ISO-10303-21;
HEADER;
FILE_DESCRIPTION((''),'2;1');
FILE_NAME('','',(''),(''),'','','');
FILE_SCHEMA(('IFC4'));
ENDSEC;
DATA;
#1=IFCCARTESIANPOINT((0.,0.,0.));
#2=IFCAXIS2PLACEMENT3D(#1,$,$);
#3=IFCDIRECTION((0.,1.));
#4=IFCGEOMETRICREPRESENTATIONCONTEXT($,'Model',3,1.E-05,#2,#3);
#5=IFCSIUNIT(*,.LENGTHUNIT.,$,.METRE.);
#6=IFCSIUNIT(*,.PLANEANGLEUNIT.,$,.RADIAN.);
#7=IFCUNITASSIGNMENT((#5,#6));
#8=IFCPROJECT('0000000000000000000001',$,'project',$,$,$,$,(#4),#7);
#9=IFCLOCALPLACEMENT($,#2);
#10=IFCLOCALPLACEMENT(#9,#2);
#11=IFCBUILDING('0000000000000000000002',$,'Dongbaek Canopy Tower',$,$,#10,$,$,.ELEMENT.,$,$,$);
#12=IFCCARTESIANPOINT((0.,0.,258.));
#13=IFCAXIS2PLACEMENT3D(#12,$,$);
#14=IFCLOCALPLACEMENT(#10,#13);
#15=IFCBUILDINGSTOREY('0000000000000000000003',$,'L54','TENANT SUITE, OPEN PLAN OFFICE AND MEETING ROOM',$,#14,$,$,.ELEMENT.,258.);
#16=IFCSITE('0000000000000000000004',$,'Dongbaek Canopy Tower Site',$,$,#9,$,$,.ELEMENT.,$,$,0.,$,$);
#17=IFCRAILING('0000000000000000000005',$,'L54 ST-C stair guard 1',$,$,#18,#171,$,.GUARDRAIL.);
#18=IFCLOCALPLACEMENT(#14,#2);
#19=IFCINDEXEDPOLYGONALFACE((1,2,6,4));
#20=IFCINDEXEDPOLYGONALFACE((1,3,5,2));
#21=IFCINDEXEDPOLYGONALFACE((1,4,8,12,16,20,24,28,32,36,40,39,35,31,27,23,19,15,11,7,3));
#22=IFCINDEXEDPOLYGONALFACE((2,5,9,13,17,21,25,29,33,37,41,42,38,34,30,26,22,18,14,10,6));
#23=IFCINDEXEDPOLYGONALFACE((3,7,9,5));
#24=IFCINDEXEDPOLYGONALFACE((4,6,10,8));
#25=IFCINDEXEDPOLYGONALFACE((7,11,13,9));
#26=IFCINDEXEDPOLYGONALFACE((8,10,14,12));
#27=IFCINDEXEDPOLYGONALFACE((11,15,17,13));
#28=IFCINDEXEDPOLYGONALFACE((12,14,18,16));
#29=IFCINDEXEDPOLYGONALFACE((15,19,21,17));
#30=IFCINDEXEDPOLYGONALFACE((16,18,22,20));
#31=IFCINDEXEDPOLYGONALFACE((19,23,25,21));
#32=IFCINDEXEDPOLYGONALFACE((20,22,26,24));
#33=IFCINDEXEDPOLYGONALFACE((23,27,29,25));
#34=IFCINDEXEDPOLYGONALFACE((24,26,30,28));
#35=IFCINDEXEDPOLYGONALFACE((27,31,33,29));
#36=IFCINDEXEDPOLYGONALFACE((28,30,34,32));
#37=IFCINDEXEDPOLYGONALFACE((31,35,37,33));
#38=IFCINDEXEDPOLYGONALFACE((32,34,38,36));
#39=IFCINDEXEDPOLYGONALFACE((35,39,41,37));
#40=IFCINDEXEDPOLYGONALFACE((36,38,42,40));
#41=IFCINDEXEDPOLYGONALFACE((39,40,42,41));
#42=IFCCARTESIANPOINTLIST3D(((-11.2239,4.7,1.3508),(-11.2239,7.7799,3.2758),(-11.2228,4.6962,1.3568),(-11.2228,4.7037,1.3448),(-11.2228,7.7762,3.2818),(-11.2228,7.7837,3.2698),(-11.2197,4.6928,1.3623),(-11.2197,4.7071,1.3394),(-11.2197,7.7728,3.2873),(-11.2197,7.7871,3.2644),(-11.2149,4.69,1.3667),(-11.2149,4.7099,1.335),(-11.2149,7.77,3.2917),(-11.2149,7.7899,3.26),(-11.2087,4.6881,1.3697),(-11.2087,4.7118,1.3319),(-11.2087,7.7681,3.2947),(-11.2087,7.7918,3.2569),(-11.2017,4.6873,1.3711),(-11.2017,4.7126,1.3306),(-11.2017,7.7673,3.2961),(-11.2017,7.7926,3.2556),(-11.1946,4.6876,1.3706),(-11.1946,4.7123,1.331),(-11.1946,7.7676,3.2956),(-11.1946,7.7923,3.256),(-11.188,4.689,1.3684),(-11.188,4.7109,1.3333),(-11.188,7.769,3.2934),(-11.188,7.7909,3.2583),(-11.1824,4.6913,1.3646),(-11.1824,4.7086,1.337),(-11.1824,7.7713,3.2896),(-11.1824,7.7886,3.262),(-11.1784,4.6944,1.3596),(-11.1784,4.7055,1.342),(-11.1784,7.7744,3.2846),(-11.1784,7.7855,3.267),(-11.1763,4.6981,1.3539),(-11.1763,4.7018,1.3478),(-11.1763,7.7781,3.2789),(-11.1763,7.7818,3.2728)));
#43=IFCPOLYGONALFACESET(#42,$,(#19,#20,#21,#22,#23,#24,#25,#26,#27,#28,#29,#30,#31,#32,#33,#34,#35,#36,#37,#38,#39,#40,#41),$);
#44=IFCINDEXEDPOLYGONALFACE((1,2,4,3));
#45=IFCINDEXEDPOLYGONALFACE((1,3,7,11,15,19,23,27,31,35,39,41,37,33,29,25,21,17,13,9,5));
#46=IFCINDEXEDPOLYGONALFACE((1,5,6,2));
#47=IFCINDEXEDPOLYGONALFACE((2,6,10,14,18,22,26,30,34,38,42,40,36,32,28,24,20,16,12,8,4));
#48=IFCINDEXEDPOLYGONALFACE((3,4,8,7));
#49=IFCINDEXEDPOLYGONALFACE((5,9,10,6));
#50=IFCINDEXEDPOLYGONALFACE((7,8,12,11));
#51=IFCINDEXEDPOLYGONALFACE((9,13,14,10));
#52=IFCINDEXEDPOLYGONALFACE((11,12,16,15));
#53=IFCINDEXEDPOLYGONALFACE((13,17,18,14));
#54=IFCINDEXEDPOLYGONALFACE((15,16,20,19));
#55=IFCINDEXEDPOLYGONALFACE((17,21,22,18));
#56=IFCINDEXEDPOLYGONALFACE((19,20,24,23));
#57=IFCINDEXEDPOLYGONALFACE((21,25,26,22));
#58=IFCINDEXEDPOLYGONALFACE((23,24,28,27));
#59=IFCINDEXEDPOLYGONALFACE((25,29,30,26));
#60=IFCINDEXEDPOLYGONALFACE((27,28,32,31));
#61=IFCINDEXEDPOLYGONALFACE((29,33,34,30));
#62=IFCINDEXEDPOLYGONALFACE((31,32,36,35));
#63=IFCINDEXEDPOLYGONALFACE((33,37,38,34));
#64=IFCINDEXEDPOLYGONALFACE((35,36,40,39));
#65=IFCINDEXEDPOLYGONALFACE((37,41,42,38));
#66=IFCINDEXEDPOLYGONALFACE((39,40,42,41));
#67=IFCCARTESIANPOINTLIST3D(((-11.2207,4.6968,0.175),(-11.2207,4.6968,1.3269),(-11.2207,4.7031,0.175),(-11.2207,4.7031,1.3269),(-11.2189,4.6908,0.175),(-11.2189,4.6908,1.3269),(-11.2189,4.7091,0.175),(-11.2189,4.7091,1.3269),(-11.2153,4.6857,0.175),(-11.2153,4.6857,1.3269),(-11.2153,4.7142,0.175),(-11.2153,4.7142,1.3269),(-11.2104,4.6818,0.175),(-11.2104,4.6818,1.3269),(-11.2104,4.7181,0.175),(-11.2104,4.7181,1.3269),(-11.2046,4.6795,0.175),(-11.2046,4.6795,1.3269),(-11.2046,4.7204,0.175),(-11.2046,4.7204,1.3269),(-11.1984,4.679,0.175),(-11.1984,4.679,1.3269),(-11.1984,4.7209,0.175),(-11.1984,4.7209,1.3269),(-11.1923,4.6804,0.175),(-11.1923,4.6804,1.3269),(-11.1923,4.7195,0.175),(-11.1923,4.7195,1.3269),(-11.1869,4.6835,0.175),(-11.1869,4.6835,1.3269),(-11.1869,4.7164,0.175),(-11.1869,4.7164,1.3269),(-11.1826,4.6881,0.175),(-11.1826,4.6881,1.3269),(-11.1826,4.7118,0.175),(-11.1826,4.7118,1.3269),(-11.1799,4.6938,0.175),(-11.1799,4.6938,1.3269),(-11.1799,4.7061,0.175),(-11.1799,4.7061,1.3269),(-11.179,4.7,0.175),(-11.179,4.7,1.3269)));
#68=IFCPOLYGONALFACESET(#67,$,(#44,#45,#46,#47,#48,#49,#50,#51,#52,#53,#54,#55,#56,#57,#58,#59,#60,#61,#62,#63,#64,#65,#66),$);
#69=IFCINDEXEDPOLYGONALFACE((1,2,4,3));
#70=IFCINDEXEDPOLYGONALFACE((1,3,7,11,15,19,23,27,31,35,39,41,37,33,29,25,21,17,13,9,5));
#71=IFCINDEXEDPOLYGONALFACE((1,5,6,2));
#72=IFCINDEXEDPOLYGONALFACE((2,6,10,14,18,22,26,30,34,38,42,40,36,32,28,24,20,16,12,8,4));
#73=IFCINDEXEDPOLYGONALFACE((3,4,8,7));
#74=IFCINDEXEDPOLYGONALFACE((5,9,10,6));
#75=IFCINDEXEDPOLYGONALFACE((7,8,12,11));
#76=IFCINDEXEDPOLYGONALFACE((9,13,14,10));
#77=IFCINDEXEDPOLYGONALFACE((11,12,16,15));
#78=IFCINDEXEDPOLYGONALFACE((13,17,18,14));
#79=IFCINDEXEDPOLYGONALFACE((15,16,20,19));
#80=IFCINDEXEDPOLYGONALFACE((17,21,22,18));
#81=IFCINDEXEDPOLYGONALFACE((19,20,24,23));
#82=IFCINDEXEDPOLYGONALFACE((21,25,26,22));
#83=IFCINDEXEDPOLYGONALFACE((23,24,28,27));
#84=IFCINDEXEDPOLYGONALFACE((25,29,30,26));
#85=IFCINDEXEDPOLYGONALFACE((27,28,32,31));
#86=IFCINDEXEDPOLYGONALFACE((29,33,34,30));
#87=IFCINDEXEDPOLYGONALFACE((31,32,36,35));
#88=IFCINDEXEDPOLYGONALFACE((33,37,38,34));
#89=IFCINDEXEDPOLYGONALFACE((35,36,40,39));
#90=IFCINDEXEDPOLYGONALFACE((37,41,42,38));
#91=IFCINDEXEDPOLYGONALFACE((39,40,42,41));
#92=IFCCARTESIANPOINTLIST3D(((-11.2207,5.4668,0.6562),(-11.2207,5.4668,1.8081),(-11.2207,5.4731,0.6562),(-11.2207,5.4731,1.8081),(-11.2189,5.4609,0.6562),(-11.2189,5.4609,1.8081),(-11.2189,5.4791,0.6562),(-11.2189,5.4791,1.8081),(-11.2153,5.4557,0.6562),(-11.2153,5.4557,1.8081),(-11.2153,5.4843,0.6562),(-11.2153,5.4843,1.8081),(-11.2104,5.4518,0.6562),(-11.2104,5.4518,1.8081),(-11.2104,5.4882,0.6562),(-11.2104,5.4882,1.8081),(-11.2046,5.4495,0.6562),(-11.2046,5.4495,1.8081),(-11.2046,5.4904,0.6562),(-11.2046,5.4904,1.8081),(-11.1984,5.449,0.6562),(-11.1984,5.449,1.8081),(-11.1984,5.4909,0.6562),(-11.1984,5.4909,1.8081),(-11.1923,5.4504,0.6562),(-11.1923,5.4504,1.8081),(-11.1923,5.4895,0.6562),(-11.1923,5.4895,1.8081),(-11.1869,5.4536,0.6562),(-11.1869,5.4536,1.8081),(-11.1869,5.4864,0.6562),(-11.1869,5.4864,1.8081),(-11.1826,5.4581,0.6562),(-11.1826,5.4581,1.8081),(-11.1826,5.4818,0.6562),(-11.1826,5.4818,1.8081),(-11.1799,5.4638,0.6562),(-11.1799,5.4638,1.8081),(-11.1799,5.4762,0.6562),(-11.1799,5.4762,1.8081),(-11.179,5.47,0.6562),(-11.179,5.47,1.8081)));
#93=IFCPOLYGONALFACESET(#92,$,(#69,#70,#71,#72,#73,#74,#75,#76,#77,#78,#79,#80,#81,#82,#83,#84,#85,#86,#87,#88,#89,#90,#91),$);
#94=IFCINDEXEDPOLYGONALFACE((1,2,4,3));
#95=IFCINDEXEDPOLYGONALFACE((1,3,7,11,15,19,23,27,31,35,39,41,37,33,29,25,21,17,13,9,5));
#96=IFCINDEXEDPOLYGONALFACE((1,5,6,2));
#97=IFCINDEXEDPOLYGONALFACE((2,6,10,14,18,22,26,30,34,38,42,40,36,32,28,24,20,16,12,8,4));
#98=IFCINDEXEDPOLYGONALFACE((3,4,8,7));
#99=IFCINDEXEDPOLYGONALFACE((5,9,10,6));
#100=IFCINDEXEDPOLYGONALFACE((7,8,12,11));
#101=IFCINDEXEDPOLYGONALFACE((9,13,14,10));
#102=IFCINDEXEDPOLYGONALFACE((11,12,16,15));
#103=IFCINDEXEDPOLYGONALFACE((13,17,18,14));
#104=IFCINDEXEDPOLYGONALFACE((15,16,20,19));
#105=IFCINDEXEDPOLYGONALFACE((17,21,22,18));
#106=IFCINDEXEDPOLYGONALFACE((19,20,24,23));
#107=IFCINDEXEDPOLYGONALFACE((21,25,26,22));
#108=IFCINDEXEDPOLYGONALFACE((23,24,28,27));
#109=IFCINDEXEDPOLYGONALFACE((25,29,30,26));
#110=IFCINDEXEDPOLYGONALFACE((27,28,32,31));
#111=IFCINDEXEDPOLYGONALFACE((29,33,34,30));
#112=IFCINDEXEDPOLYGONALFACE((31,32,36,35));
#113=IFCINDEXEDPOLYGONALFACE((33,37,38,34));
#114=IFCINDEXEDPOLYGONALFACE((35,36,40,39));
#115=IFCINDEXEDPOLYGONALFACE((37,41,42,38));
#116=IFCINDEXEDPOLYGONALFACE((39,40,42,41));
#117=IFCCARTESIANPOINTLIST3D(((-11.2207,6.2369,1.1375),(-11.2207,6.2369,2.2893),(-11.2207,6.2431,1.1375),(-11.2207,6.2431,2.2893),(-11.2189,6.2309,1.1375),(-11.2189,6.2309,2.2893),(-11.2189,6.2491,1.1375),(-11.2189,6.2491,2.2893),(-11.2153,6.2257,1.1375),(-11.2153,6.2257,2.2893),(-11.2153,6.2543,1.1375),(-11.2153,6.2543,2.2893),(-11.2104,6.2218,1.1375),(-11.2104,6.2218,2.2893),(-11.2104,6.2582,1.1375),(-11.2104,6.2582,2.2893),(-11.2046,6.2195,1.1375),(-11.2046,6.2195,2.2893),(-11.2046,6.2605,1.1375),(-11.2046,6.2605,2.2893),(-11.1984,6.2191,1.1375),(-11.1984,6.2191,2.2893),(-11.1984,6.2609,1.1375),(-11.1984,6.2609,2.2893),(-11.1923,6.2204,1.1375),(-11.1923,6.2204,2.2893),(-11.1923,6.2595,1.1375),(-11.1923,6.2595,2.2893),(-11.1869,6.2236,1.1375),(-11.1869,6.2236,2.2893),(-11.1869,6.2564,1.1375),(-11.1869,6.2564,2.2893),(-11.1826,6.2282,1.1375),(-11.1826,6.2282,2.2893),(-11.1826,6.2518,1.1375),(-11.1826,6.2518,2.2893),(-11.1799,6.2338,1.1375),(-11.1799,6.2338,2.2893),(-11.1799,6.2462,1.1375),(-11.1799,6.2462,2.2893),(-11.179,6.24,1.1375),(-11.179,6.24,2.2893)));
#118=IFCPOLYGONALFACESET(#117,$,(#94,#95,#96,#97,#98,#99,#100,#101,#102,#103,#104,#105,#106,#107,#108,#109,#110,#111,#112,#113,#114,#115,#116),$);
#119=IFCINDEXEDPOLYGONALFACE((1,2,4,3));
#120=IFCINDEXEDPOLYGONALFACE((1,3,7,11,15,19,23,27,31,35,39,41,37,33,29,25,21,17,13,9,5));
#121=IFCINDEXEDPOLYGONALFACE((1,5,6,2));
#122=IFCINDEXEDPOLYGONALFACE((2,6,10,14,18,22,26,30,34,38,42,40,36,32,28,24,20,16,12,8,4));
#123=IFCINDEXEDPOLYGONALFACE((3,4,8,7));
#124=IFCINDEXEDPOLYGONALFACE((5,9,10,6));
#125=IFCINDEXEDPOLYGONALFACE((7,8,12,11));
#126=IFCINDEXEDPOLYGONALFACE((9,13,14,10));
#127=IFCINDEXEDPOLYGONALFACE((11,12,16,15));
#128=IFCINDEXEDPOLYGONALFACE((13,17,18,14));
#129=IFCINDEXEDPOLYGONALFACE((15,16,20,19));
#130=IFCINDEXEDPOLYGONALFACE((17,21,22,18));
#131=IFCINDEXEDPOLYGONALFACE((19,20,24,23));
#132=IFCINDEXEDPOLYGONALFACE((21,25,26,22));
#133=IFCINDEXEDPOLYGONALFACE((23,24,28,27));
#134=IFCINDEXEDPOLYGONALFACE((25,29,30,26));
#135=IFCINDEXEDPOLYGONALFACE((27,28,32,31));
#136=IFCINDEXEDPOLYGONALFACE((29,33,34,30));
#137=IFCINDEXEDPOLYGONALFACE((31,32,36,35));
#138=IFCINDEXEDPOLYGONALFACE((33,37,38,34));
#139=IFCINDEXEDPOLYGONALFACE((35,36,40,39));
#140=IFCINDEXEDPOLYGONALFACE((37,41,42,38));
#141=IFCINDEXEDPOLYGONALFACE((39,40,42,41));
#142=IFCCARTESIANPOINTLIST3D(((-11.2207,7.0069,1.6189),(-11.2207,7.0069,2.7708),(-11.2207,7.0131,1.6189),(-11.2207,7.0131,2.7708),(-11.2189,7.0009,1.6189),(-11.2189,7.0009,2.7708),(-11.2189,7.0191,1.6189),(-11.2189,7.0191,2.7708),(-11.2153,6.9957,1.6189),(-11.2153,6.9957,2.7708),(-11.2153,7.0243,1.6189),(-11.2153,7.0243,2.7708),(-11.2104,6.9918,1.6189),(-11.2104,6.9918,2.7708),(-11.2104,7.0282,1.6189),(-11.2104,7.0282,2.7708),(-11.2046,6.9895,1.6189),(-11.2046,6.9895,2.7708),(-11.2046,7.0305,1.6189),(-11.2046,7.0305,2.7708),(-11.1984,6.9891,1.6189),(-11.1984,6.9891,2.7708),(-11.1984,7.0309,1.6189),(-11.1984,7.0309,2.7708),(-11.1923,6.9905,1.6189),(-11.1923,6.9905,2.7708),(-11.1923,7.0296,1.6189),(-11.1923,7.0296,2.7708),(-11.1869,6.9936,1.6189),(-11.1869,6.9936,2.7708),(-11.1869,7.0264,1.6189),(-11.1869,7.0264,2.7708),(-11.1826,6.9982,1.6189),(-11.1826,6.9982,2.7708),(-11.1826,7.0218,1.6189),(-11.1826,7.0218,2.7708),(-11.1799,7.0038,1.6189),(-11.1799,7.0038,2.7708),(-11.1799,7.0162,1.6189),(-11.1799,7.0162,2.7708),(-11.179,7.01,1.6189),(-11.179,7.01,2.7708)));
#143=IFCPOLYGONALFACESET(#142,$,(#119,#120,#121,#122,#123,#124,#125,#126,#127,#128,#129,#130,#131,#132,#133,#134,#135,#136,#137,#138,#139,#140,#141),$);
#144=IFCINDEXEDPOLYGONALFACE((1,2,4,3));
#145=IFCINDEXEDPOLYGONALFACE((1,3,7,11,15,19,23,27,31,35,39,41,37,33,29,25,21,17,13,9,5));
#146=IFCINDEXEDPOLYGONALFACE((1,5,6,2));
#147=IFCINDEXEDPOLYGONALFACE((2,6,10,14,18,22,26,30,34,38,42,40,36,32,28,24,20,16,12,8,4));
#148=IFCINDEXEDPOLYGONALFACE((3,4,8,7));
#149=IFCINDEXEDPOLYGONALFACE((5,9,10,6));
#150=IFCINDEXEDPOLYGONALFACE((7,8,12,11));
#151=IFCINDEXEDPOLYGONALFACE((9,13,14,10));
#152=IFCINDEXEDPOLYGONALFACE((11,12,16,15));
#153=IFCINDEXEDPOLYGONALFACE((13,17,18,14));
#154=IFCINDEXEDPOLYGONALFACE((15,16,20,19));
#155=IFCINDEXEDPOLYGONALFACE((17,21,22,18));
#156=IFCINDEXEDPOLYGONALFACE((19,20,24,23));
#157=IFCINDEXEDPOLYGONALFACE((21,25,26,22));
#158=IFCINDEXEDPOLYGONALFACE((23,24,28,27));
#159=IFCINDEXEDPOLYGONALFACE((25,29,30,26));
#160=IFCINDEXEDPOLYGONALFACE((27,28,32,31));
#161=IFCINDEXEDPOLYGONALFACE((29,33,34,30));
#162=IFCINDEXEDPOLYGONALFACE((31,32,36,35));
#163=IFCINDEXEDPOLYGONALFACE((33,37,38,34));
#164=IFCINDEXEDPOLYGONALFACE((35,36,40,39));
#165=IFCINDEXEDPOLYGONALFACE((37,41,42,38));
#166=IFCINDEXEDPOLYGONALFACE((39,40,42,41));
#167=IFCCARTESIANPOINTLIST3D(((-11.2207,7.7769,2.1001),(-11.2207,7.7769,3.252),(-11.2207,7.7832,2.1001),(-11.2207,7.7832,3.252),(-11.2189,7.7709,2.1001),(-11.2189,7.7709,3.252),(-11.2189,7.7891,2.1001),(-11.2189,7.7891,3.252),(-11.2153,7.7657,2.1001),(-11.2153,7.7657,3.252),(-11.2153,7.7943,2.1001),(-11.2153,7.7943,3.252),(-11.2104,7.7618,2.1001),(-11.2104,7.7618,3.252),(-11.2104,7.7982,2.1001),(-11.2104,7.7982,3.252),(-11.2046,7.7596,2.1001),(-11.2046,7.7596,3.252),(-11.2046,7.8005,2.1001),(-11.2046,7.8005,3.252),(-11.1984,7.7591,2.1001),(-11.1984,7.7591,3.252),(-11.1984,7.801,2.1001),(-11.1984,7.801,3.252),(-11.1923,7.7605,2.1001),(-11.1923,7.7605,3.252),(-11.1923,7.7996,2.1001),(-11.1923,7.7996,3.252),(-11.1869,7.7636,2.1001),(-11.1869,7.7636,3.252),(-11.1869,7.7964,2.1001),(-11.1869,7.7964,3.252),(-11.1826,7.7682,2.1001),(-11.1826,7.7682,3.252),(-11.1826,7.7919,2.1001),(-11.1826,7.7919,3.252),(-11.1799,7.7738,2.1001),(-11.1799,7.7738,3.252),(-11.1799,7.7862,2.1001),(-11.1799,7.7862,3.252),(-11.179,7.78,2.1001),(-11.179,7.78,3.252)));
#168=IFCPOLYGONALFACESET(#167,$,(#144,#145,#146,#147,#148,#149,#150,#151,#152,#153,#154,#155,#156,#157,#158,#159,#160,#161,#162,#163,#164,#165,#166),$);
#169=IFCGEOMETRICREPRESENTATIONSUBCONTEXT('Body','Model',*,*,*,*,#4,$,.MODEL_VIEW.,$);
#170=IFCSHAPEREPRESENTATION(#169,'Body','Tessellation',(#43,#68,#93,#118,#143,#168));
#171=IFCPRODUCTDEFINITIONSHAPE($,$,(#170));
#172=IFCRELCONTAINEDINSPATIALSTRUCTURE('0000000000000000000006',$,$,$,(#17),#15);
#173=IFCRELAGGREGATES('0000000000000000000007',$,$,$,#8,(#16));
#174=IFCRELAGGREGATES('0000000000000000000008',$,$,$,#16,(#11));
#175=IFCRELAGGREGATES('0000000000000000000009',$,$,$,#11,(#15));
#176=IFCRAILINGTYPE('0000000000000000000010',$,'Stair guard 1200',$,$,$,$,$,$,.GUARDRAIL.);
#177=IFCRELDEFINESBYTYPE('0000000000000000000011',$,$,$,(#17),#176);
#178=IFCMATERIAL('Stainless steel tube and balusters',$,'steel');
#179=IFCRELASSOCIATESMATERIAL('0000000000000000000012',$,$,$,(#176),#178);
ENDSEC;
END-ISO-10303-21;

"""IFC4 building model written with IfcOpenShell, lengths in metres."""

from ifc_helpers import new_model, si_unit, direction, frame, origin, origin_2d, place, context, subcontext, project, spatial, circle, extrude, material, type_object, element, save


model = new_model("IFC4")

# Units and contexts
model_context = context("Model", 3, precision=1e-05, world=origin(), true_north=direction((0.0, 1.0)))
body_context = subcontext(model_context, "Body", "Model", "MODEL_VIEW")
ifc_project = project(units=[si_unit("LENGTHUNIT", "METRE"), si_unit("PLANEANGLEUNIT", "RADIAN")], contexts=[model_context])

# Site, building, storey
site_placement = place(None, origin())
site = spatial("IfcSite", under=ifc_project, at=site_placement, Name="Dongbaek Canopy Tower Site", CompositionType="ELEMENT", RefElevation=0.0)
building_placement = place(site_placement, origin())
building = spatial("IfcBuilding", under=site, at=building_placement, Name="Dongbaek Canopy Tower", CompositionType="ELEMENT")
storey_placement = place(building_placement, frame((0.0, 0.0, 258.0)))
storey = spatial("IfcBuildingStorey", under=building, at=storey_placement, Name="L54", Description="TENANT SUITE, OPEN PLAN OFFICE AND MEETING ROOM", CompositionType="ELEMENT", Elevation=258.0)

# Railing
ifc_material_1 = material(Name="Stainless steel tube and balusters", Category="steel")
railing_type_1 = type_object("IfcRailingType", Name="Stair guard 1200", PredefinedType="GUARDRAIL", material=ifc_material_1)
railing_1_placement = place(storey_placement, frame((-11.2, 4.7, 0.175)))
element("IfcRailing", 1, at=railing_1_placement, inside=storey, type_object=railing_type_1, Name="L54 ST-C stair guard 1", PredefinedType="GUARDRAIL", context=body_context, shape_type="SweptSolid", body=[
    extrude(circle(Radius=0.0239, at=origin_2d()), frame((0.0, 0.0, 1.1758), z_axis=(0.0, 0.847998, 0.529999), x_axis=(-1.0, 0.0, 0.0)), (0.0, 0.0, 1.0), 3.6321),
    extrude(circle(Radius=0.021, at=origin_2d()), origin(), (0.0, 0.0, 1.0), 1.1519),
    extrude(circle(Radius=0.021, at=origin_2d()), frame((0.0, 0.77, 0.4812)), (0.0, 0.0, 1.0), 1.1519),
    extrude(circle(Radius=0.021, at=origin_2d()), frame((0.0, 1.54, 0.9624)), (0.0, 0.0, 1.0), 1.1519),
    extrude(circle(Radius=0.021, at=origin_2d()), frame((0.0, 2.3101, 1.4438)), (0.0, 0.0, 1.0), 1.1519),
    extrude(circle(Radius=0.021, at=origin_2d()), frame((0.0, 3.0801, 1.925)), (0.0, 0.0, 1.0), 1.1519),
])

save(model, "model.ifc")
